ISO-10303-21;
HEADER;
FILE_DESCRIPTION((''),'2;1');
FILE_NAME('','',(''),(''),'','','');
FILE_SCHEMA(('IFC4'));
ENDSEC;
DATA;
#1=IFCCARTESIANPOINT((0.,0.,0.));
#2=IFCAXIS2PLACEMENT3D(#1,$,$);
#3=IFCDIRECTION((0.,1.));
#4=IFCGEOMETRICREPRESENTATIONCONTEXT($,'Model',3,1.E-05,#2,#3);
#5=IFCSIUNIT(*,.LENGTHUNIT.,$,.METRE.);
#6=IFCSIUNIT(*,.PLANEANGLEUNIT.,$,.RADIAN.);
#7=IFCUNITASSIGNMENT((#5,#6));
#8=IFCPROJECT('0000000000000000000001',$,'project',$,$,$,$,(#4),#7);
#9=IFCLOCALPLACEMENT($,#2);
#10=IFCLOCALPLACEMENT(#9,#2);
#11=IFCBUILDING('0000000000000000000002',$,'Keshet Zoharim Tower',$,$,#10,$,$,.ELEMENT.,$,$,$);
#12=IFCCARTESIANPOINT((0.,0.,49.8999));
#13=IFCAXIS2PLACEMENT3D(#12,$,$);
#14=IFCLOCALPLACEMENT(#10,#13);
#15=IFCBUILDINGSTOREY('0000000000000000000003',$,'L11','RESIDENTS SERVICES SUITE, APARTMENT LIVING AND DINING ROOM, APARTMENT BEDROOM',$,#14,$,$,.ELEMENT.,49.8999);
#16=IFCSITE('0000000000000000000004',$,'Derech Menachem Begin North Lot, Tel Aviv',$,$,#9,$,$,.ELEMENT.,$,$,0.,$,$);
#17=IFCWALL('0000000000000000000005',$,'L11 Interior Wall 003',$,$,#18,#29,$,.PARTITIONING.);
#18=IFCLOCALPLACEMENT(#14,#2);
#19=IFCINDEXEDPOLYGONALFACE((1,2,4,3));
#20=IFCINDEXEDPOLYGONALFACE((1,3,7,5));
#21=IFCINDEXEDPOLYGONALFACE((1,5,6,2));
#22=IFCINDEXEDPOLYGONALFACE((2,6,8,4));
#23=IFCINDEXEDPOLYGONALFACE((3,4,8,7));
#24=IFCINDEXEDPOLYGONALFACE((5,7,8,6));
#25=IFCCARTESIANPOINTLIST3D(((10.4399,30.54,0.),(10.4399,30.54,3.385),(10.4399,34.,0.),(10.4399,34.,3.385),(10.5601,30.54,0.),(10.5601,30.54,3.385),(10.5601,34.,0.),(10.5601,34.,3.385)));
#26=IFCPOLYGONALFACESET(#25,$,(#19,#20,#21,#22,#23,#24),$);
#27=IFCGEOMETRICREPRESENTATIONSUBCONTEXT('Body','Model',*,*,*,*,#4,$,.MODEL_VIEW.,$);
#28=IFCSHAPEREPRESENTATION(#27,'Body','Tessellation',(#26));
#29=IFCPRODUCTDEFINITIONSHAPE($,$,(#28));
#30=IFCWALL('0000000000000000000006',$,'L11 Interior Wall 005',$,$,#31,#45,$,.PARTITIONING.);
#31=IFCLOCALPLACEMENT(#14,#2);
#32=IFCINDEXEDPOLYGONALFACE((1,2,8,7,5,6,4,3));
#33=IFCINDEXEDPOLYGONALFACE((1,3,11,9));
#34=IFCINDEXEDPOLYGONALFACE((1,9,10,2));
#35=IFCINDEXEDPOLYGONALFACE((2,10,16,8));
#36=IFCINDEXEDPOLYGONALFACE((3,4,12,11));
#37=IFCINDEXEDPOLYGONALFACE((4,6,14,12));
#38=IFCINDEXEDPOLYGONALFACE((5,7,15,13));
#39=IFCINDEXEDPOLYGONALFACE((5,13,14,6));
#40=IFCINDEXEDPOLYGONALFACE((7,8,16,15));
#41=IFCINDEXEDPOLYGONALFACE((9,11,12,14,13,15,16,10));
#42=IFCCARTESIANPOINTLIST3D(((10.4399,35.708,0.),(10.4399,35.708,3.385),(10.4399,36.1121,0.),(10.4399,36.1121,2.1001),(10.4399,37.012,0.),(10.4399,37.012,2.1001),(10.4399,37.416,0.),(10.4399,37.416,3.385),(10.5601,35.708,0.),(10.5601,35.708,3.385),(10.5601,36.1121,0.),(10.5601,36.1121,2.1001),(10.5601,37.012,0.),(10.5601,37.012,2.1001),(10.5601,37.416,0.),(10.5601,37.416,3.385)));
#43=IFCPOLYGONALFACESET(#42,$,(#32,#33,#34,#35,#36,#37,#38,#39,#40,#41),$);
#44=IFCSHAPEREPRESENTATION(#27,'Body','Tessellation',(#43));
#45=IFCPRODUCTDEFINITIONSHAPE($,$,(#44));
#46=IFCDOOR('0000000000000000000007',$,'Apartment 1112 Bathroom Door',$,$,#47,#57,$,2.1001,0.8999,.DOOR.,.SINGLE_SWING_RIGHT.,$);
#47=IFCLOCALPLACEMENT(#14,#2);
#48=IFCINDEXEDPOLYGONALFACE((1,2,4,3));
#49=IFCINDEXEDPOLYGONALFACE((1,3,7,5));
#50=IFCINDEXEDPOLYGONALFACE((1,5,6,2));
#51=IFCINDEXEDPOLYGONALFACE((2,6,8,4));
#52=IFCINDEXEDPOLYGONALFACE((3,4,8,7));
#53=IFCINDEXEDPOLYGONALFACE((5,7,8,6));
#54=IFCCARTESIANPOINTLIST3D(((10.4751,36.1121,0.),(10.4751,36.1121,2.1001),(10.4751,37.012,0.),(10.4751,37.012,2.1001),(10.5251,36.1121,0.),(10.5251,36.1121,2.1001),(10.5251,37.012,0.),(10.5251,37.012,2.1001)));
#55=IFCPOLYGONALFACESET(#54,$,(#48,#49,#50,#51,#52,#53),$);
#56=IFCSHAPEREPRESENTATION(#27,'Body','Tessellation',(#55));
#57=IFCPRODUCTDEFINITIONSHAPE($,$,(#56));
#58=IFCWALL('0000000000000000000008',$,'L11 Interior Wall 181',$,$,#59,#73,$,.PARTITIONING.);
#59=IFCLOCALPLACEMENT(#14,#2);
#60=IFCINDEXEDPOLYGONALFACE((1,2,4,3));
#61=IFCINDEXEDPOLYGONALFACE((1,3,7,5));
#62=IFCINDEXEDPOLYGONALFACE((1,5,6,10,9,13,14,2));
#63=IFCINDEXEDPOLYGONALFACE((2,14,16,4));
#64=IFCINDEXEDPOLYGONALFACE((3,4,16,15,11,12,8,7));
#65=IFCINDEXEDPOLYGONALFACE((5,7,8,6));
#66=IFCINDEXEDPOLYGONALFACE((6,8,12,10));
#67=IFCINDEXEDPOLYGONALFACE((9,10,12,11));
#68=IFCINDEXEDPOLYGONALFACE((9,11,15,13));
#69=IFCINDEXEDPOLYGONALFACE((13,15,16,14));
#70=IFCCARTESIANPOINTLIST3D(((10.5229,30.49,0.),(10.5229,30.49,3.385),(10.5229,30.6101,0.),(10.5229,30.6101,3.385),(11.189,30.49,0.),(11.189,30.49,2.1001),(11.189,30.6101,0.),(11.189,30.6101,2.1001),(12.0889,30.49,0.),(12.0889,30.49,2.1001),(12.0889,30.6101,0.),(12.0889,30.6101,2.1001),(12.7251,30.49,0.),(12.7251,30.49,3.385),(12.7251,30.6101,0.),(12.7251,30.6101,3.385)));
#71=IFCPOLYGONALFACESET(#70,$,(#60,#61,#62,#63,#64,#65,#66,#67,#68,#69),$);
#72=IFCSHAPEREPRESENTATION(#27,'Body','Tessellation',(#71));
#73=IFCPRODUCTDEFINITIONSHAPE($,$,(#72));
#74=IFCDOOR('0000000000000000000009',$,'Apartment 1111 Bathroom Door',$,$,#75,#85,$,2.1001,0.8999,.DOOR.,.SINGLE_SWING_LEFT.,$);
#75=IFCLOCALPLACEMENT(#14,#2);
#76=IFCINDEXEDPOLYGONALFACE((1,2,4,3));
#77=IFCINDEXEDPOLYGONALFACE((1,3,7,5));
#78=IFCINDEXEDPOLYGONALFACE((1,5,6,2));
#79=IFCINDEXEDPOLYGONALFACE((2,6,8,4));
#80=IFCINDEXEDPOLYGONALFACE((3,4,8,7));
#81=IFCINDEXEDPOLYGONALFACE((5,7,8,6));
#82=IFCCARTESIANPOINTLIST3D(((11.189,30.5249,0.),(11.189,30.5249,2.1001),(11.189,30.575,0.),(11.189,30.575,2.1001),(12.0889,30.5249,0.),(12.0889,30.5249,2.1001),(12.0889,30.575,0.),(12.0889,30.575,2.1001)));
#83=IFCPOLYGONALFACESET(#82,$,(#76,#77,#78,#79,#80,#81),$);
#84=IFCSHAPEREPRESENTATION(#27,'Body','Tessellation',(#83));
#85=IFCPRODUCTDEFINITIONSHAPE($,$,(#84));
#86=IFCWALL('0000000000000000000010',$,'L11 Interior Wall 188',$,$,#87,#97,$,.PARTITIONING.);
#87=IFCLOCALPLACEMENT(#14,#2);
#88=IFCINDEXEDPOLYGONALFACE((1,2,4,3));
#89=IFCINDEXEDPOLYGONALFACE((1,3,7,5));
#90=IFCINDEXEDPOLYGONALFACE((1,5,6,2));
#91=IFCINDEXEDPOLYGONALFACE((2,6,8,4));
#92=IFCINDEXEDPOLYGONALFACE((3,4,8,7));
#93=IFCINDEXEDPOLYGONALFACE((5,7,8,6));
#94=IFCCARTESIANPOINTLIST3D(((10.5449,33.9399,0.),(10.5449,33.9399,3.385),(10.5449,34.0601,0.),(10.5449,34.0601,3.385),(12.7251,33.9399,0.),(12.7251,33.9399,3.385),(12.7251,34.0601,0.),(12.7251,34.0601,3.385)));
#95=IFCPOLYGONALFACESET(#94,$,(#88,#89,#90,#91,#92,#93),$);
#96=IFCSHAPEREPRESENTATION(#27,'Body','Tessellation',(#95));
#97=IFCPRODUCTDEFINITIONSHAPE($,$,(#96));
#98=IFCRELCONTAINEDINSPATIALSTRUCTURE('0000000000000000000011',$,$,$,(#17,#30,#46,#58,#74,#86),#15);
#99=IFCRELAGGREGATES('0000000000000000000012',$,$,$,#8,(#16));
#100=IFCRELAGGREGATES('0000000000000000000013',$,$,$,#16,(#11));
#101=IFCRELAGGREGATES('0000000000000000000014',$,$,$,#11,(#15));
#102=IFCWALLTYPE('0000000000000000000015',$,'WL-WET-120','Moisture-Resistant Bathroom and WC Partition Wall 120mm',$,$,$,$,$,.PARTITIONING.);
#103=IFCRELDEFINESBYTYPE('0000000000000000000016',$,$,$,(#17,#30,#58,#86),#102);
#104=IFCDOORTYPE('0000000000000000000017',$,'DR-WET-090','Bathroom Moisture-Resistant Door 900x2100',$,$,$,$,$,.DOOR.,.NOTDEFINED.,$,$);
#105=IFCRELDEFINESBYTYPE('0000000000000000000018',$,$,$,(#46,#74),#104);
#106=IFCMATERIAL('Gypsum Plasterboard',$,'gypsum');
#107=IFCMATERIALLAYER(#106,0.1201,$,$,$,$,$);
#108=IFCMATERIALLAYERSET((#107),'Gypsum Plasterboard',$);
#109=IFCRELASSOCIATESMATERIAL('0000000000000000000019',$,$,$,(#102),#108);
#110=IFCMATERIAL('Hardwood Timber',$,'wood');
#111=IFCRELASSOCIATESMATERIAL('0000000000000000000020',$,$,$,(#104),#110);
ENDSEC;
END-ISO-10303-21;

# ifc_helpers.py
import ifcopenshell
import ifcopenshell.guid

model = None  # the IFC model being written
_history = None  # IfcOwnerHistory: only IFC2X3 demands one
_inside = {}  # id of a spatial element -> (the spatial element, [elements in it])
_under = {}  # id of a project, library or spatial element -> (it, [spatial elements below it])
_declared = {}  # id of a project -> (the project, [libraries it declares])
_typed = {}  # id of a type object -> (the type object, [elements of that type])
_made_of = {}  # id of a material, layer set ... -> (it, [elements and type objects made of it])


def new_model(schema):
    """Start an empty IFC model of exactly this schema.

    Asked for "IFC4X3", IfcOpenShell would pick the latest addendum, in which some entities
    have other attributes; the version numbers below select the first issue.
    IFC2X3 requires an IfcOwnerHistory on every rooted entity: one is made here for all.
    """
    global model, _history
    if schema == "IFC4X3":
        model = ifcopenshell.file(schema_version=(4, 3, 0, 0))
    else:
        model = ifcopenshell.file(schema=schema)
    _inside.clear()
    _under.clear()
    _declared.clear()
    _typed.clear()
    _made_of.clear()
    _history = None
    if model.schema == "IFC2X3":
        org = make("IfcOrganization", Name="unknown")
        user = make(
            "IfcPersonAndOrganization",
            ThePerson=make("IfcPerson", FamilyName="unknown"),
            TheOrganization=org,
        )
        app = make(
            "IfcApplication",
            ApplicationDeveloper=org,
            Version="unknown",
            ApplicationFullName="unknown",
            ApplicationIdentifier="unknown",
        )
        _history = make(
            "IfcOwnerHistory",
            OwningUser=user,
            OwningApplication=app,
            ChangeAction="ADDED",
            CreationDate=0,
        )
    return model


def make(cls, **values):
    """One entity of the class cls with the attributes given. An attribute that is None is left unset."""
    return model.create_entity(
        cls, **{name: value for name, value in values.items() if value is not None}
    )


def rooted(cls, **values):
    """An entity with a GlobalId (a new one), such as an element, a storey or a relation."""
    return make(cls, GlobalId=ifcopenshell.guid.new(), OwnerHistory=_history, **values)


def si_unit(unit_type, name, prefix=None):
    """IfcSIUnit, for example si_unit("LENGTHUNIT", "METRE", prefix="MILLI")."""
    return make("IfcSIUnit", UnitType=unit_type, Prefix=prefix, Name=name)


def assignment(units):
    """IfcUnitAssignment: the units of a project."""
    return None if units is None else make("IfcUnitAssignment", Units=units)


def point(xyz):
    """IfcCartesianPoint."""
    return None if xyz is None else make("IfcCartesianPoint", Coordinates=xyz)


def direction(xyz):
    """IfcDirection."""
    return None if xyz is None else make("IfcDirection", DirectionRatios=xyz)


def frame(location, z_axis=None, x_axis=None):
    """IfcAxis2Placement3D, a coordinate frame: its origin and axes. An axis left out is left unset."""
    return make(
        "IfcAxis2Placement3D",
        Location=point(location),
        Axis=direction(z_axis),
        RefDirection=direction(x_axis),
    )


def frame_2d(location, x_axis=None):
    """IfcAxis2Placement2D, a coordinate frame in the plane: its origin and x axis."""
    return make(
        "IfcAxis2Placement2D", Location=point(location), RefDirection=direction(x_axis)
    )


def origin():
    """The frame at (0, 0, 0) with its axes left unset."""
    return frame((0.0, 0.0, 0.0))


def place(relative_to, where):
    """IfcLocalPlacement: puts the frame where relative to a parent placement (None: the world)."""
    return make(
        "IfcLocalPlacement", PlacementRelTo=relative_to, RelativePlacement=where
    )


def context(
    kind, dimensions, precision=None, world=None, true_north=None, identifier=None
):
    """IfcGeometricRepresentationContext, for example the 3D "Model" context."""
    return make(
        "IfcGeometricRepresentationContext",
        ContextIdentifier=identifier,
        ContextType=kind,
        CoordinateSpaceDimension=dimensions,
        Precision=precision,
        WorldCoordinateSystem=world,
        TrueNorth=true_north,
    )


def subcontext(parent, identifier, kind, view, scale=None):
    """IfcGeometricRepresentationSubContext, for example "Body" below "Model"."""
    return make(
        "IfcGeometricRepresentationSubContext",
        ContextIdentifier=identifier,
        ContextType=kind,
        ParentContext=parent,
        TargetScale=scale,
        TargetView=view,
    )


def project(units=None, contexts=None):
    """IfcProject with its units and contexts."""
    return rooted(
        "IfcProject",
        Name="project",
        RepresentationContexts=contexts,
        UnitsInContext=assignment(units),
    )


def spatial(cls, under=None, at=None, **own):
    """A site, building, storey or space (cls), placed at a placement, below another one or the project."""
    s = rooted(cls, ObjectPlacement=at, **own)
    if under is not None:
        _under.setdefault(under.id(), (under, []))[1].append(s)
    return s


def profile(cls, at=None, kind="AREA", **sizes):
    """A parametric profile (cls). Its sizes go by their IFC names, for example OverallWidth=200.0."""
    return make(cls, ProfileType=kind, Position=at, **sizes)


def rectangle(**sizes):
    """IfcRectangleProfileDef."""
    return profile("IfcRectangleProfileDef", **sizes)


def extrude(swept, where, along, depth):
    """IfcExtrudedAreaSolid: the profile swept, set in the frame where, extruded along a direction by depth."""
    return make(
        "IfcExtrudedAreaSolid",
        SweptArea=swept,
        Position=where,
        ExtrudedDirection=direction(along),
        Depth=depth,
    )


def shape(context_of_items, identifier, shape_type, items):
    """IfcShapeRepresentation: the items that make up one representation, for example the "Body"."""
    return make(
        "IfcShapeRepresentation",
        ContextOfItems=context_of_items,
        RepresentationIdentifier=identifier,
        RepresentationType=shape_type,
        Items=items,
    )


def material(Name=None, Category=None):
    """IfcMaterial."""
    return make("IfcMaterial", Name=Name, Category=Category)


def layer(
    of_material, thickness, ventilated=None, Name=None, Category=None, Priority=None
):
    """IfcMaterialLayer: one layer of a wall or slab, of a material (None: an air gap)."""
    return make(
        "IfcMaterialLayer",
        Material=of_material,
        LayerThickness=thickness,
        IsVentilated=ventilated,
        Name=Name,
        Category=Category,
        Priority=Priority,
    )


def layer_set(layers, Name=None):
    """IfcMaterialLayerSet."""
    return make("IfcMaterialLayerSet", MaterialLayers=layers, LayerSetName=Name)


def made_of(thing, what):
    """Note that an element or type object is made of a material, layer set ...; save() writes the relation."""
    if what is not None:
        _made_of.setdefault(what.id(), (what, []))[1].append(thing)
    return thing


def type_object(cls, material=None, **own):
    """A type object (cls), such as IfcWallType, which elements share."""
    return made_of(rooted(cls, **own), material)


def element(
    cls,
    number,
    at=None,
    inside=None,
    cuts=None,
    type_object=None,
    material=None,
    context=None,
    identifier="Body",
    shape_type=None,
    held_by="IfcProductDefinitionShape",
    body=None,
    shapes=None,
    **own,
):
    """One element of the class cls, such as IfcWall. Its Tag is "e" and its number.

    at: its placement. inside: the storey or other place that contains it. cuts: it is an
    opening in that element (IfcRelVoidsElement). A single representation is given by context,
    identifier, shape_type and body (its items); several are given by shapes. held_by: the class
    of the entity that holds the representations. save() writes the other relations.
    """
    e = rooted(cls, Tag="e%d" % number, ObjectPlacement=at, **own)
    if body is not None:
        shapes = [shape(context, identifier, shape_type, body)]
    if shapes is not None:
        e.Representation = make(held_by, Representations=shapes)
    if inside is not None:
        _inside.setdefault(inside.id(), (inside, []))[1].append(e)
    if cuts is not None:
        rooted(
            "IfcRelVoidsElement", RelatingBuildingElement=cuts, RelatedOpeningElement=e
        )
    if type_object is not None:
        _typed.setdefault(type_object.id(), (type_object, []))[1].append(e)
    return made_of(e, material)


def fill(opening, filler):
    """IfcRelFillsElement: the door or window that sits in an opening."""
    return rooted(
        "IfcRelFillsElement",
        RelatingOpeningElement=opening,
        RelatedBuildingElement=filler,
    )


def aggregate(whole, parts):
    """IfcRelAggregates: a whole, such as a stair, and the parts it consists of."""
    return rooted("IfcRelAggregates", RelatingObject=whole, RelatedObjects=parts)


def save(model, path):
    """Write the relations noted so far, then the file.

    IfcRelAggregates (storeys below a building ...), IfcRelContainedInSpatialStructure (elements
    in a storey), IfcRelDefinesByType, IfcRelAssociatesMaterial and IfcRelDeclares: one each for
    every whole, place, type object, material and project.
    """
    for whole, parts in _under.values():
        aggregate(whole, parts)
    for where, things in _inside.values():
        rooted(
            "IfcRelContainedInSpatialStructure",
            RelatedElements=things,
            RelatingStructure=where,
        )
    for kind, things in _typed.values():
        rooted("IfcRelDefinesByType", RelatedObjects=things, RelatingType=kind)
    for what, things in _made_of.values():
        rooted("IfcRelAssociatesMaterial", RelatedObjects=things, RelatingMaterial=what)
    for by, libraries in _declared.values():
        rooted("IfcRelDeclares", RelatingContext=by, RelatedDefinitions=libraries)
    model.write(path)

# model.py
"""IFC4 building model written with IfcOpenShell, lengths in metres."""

from ifc_helpers import new_model, si_unit, direction, frame, frame_2d, origin, place, context, subcontext, project, spatial, rectangle, extrude, material, layer, layer_set, type_object, element, fill, save


model = new_model("IFC4")

# Units and contexts
model_context = context("Model", 3, precision=1e-05, world=origin(), true_north=direction((0.0, 1.0)))
body_context = subcontext(model_context, "Body", "Model", "MODEL_VIEW")
ifc_project = project(units=[si_unit("LENGTHUNIT", "METRE"), si_unit("PLANEANGLEUNIT", "RADIAN")], contexts=[model_context])

# Site, building, storey
site_placement = place(None, origin())
site = spatial("IfcSite", under=ifc_project, at=site_placement, Name="Derech Menachem Begin North Lot, Tel Aviv", CompositionType="ELEMENT", RefElevation=0.0)
building_placement = place(site_placement, origin())
building = spatial("IfcBuilding", under=site, at=building_placement, Name="Keshet Zoharim Tower", CompositionType="ELEMENT")
storey_placement = place(building_placement, frame((0.0, 0.0, 49.8999)))
storey = spatial("IfcBuildingStorey", under=building, at=storey_placement, Name="L11", Description="RESIDENTS SERVICES SUITE, APARTMENT LIVING AND DINING ROOM, APARTMENT BEDROOM", CompositionType="ELEMENT", Elevation=49.8999)

# Shared definitions
ifc_material_1 = material(Name="Gypsum Plasterboard", Category="gypsum")

# Shared definitions
ifc_material_2 = material(Name="Hardwood Timber", Category="wood")

# Wall
ifc_layer_1 = layer(ifc_material_1, 0.1201)
ifc_layer_set_1 = layer_set([ifc_layer_1], Name="Gypsum Plasterboard")
wall_type_1 = type_object("IfcWallType", Name="WL-WET-120", Description="Moisture-Resistant Bathroom and WC Partition Wall 120mm", PredefinedType="PARTITIONING", material=ifc_layer_set_1)
wall_1_placement = place(storey_placement, frame((10.5, 30.54, 0.0), z_axis=(0.0, 0.0, 1.0), x_axis=(0.0, 1.0, 0.0)))
element("IfcWall", 1, at=wall_1_placement, inside=storey, type_object=wall_type_1, Name="L11 Interior Wall 003", PredefinedType="PARTITIONING", context=body_context, shape_type="SweptSolid", body=[
    extrude(rectangle(XDim=3.46, YDim=0.1201, at=frame_2d((1.73, 0.0))), origin(), (0.0, 0.0, 1.0), 3.385),
])

# Walls, openings, doors
wall_2_placement = place(storey_placement, frame((10.5, 35.708, 0.0), z_axis=(0.0, 0.0, 1.0), x_axis=(0.0, 1.0, 0.0)))
wall_2 = element("IfcWall", 2, at=wall_2_placement, inside=storey, type_object=wall_type_1, Name="L11 Interior Wall 005", PredefinedType="PARTITIONING", context=body_context, shape_type="SweptSolid", body=[
    extrude(rectangle(XDim=1.708, YDim=0.1201, at=frame_2d((0.854, 0.0))), origin(), (0.0, 0.0, 1.0), 3.385),
])
opening_1_placement = place(wall_2_placement, frame((0.4041, 0.0, 0.0)))
opening_1 = element("IfcOpeningElement", 3, at=opening_1_placement, cuts=wall_2, PredefinedType="OPENING", context=body_context, shape_type="SweptSolid", body=[
    extrude(rectangle(XDim=0.8999, YDim=2.1001, at=frame_2d((0.45, 1.05))), frame((0.0, 0.0701, 0.0), z_axis=(0.0, -1.0, 0.0), x_axis=(1.0, 0.0, 0.0)), (0.0, 0.0, 1.0), 0.1401),
])
door_type_1 = type_object("IfcDoorType", Name="DR-WET-090", Description="Bathroom Moisture-Resistant Door 900x2100", OperationType="NOTDEFINED", PredefinedType="DOOR", material=ifc_material_2)
door_1_placement = place(opening_1_placement, origin())
door_1 = element("IfcDoor", 4, at=door_1_placement, inside=storey, type_object=door_type_1, Name="Apartment 1112 Bathroom Door", OperationType="SINGLE_SWING_RIGHT", OverallHeight=2.1001, OverallWidth=0.8999, PredefinedType="DOOR", context=body_context, shape_type="SweptSolid", body=[
    extrude(rectangle(XDim=0.8999, YDim=2.1001, at=frame_2d((0.45, 1.05))), frame((0.0, 0.0249, 0.0), z_axis=(0.0, -1.0, 0.0), x_axis=(1.0, 0.0, 0.0)), (0.0, 0.0, 1.0), 0.05),
])
fill(opening_1, door_1)
wall_3_placement = place(storey_placement, frame((10.5229, 30.55, 0.0), z_axis=(0.0, 0.0, 1.0), x_axis=(1.0, 0.0, 0.0)))
wall_3 = element("IfcWall", 5, at=wall_3_placement, inside=storey, type_object=wall_type_1, Name="L11 Interior Wall 181", PredefinedType="PARTITIONING", context=body_context, shape_type="SweptSolid", body=[
    extrude(rectangle(XDim=2.2021, YDim=0.1201, at=frame_2d((1.1011, 0.0))), origin(), (0.0, 0.0, 1.0), 3.385),
])
opening_2_placement = place(wall_3_placement, frame((0.666, 0.0, 0.0)))
opening_2 = element("IfcOpeningElement", 6, at=opening_2_placement, cuts=wall_3, PredefinedType="OPENING", context=body_context, shape_type="SweptSolid", body=[
    extrude(rectangle(XDim=0.8999, YDim=2.1001, at=frame_2d((0.45, 1.05))), frame((0.0, 0.0701, 0.0), z_axis=(0.0, -1.0, 0.0), x_axis=(1.0, 0.0, 0.0)), (0.0, 0.0, 1.0), 0.1401),
])
door_2_placement = place(opening_2_placement, origin())
door_2 = element("IfcDoor", 7, at=door_2_placement, inside=storey, type_object=door_type_1, Name="Apartment 1111 Bathroom Door", OperationType="SINGLE_SWING_LEFT", OverallHeight=2.1001, OverallWidth=0.8999, PredefinedType="DOOR", context=body_context, shape_type="SweptSolid", body=[
    extrude(rectangle(XDim=0.8999, YDim=2.1001, at=frame_2d((0.45, 1.05))), frame((0.0, 0.0249, 0.0), z_axis=(0.0, -1.0, 0.0), x_axis=(1.0, 0.0, 0.0)), (0.0, 0.0, 1.0), 0.05),
])
fill(opening_2, door_2)

# Wall
wall_4_placement = place(storey_placement, frame((10.5449, 34.0, 0.0), z_axis=(0.0, 0.0, 1.0), x_axis=(1.0, 0.0, 0.0)))
element("IfcWall", 8, at=wall_4_placement, inside=storey, type_object=wall_type_1, Name="L11 Interior Wall 188", PredefinedType="PARTITIONING", context=body_context, shape_type="SweptSolid", body=[
    extrude(rectangle(XDim=2.1802, YDim=0.1201, at=frame_2d((1.0901, 0.0))), origin(), (0.0, 0.0, 1.0), 3.385),
])

save(model, "model.ifc")
